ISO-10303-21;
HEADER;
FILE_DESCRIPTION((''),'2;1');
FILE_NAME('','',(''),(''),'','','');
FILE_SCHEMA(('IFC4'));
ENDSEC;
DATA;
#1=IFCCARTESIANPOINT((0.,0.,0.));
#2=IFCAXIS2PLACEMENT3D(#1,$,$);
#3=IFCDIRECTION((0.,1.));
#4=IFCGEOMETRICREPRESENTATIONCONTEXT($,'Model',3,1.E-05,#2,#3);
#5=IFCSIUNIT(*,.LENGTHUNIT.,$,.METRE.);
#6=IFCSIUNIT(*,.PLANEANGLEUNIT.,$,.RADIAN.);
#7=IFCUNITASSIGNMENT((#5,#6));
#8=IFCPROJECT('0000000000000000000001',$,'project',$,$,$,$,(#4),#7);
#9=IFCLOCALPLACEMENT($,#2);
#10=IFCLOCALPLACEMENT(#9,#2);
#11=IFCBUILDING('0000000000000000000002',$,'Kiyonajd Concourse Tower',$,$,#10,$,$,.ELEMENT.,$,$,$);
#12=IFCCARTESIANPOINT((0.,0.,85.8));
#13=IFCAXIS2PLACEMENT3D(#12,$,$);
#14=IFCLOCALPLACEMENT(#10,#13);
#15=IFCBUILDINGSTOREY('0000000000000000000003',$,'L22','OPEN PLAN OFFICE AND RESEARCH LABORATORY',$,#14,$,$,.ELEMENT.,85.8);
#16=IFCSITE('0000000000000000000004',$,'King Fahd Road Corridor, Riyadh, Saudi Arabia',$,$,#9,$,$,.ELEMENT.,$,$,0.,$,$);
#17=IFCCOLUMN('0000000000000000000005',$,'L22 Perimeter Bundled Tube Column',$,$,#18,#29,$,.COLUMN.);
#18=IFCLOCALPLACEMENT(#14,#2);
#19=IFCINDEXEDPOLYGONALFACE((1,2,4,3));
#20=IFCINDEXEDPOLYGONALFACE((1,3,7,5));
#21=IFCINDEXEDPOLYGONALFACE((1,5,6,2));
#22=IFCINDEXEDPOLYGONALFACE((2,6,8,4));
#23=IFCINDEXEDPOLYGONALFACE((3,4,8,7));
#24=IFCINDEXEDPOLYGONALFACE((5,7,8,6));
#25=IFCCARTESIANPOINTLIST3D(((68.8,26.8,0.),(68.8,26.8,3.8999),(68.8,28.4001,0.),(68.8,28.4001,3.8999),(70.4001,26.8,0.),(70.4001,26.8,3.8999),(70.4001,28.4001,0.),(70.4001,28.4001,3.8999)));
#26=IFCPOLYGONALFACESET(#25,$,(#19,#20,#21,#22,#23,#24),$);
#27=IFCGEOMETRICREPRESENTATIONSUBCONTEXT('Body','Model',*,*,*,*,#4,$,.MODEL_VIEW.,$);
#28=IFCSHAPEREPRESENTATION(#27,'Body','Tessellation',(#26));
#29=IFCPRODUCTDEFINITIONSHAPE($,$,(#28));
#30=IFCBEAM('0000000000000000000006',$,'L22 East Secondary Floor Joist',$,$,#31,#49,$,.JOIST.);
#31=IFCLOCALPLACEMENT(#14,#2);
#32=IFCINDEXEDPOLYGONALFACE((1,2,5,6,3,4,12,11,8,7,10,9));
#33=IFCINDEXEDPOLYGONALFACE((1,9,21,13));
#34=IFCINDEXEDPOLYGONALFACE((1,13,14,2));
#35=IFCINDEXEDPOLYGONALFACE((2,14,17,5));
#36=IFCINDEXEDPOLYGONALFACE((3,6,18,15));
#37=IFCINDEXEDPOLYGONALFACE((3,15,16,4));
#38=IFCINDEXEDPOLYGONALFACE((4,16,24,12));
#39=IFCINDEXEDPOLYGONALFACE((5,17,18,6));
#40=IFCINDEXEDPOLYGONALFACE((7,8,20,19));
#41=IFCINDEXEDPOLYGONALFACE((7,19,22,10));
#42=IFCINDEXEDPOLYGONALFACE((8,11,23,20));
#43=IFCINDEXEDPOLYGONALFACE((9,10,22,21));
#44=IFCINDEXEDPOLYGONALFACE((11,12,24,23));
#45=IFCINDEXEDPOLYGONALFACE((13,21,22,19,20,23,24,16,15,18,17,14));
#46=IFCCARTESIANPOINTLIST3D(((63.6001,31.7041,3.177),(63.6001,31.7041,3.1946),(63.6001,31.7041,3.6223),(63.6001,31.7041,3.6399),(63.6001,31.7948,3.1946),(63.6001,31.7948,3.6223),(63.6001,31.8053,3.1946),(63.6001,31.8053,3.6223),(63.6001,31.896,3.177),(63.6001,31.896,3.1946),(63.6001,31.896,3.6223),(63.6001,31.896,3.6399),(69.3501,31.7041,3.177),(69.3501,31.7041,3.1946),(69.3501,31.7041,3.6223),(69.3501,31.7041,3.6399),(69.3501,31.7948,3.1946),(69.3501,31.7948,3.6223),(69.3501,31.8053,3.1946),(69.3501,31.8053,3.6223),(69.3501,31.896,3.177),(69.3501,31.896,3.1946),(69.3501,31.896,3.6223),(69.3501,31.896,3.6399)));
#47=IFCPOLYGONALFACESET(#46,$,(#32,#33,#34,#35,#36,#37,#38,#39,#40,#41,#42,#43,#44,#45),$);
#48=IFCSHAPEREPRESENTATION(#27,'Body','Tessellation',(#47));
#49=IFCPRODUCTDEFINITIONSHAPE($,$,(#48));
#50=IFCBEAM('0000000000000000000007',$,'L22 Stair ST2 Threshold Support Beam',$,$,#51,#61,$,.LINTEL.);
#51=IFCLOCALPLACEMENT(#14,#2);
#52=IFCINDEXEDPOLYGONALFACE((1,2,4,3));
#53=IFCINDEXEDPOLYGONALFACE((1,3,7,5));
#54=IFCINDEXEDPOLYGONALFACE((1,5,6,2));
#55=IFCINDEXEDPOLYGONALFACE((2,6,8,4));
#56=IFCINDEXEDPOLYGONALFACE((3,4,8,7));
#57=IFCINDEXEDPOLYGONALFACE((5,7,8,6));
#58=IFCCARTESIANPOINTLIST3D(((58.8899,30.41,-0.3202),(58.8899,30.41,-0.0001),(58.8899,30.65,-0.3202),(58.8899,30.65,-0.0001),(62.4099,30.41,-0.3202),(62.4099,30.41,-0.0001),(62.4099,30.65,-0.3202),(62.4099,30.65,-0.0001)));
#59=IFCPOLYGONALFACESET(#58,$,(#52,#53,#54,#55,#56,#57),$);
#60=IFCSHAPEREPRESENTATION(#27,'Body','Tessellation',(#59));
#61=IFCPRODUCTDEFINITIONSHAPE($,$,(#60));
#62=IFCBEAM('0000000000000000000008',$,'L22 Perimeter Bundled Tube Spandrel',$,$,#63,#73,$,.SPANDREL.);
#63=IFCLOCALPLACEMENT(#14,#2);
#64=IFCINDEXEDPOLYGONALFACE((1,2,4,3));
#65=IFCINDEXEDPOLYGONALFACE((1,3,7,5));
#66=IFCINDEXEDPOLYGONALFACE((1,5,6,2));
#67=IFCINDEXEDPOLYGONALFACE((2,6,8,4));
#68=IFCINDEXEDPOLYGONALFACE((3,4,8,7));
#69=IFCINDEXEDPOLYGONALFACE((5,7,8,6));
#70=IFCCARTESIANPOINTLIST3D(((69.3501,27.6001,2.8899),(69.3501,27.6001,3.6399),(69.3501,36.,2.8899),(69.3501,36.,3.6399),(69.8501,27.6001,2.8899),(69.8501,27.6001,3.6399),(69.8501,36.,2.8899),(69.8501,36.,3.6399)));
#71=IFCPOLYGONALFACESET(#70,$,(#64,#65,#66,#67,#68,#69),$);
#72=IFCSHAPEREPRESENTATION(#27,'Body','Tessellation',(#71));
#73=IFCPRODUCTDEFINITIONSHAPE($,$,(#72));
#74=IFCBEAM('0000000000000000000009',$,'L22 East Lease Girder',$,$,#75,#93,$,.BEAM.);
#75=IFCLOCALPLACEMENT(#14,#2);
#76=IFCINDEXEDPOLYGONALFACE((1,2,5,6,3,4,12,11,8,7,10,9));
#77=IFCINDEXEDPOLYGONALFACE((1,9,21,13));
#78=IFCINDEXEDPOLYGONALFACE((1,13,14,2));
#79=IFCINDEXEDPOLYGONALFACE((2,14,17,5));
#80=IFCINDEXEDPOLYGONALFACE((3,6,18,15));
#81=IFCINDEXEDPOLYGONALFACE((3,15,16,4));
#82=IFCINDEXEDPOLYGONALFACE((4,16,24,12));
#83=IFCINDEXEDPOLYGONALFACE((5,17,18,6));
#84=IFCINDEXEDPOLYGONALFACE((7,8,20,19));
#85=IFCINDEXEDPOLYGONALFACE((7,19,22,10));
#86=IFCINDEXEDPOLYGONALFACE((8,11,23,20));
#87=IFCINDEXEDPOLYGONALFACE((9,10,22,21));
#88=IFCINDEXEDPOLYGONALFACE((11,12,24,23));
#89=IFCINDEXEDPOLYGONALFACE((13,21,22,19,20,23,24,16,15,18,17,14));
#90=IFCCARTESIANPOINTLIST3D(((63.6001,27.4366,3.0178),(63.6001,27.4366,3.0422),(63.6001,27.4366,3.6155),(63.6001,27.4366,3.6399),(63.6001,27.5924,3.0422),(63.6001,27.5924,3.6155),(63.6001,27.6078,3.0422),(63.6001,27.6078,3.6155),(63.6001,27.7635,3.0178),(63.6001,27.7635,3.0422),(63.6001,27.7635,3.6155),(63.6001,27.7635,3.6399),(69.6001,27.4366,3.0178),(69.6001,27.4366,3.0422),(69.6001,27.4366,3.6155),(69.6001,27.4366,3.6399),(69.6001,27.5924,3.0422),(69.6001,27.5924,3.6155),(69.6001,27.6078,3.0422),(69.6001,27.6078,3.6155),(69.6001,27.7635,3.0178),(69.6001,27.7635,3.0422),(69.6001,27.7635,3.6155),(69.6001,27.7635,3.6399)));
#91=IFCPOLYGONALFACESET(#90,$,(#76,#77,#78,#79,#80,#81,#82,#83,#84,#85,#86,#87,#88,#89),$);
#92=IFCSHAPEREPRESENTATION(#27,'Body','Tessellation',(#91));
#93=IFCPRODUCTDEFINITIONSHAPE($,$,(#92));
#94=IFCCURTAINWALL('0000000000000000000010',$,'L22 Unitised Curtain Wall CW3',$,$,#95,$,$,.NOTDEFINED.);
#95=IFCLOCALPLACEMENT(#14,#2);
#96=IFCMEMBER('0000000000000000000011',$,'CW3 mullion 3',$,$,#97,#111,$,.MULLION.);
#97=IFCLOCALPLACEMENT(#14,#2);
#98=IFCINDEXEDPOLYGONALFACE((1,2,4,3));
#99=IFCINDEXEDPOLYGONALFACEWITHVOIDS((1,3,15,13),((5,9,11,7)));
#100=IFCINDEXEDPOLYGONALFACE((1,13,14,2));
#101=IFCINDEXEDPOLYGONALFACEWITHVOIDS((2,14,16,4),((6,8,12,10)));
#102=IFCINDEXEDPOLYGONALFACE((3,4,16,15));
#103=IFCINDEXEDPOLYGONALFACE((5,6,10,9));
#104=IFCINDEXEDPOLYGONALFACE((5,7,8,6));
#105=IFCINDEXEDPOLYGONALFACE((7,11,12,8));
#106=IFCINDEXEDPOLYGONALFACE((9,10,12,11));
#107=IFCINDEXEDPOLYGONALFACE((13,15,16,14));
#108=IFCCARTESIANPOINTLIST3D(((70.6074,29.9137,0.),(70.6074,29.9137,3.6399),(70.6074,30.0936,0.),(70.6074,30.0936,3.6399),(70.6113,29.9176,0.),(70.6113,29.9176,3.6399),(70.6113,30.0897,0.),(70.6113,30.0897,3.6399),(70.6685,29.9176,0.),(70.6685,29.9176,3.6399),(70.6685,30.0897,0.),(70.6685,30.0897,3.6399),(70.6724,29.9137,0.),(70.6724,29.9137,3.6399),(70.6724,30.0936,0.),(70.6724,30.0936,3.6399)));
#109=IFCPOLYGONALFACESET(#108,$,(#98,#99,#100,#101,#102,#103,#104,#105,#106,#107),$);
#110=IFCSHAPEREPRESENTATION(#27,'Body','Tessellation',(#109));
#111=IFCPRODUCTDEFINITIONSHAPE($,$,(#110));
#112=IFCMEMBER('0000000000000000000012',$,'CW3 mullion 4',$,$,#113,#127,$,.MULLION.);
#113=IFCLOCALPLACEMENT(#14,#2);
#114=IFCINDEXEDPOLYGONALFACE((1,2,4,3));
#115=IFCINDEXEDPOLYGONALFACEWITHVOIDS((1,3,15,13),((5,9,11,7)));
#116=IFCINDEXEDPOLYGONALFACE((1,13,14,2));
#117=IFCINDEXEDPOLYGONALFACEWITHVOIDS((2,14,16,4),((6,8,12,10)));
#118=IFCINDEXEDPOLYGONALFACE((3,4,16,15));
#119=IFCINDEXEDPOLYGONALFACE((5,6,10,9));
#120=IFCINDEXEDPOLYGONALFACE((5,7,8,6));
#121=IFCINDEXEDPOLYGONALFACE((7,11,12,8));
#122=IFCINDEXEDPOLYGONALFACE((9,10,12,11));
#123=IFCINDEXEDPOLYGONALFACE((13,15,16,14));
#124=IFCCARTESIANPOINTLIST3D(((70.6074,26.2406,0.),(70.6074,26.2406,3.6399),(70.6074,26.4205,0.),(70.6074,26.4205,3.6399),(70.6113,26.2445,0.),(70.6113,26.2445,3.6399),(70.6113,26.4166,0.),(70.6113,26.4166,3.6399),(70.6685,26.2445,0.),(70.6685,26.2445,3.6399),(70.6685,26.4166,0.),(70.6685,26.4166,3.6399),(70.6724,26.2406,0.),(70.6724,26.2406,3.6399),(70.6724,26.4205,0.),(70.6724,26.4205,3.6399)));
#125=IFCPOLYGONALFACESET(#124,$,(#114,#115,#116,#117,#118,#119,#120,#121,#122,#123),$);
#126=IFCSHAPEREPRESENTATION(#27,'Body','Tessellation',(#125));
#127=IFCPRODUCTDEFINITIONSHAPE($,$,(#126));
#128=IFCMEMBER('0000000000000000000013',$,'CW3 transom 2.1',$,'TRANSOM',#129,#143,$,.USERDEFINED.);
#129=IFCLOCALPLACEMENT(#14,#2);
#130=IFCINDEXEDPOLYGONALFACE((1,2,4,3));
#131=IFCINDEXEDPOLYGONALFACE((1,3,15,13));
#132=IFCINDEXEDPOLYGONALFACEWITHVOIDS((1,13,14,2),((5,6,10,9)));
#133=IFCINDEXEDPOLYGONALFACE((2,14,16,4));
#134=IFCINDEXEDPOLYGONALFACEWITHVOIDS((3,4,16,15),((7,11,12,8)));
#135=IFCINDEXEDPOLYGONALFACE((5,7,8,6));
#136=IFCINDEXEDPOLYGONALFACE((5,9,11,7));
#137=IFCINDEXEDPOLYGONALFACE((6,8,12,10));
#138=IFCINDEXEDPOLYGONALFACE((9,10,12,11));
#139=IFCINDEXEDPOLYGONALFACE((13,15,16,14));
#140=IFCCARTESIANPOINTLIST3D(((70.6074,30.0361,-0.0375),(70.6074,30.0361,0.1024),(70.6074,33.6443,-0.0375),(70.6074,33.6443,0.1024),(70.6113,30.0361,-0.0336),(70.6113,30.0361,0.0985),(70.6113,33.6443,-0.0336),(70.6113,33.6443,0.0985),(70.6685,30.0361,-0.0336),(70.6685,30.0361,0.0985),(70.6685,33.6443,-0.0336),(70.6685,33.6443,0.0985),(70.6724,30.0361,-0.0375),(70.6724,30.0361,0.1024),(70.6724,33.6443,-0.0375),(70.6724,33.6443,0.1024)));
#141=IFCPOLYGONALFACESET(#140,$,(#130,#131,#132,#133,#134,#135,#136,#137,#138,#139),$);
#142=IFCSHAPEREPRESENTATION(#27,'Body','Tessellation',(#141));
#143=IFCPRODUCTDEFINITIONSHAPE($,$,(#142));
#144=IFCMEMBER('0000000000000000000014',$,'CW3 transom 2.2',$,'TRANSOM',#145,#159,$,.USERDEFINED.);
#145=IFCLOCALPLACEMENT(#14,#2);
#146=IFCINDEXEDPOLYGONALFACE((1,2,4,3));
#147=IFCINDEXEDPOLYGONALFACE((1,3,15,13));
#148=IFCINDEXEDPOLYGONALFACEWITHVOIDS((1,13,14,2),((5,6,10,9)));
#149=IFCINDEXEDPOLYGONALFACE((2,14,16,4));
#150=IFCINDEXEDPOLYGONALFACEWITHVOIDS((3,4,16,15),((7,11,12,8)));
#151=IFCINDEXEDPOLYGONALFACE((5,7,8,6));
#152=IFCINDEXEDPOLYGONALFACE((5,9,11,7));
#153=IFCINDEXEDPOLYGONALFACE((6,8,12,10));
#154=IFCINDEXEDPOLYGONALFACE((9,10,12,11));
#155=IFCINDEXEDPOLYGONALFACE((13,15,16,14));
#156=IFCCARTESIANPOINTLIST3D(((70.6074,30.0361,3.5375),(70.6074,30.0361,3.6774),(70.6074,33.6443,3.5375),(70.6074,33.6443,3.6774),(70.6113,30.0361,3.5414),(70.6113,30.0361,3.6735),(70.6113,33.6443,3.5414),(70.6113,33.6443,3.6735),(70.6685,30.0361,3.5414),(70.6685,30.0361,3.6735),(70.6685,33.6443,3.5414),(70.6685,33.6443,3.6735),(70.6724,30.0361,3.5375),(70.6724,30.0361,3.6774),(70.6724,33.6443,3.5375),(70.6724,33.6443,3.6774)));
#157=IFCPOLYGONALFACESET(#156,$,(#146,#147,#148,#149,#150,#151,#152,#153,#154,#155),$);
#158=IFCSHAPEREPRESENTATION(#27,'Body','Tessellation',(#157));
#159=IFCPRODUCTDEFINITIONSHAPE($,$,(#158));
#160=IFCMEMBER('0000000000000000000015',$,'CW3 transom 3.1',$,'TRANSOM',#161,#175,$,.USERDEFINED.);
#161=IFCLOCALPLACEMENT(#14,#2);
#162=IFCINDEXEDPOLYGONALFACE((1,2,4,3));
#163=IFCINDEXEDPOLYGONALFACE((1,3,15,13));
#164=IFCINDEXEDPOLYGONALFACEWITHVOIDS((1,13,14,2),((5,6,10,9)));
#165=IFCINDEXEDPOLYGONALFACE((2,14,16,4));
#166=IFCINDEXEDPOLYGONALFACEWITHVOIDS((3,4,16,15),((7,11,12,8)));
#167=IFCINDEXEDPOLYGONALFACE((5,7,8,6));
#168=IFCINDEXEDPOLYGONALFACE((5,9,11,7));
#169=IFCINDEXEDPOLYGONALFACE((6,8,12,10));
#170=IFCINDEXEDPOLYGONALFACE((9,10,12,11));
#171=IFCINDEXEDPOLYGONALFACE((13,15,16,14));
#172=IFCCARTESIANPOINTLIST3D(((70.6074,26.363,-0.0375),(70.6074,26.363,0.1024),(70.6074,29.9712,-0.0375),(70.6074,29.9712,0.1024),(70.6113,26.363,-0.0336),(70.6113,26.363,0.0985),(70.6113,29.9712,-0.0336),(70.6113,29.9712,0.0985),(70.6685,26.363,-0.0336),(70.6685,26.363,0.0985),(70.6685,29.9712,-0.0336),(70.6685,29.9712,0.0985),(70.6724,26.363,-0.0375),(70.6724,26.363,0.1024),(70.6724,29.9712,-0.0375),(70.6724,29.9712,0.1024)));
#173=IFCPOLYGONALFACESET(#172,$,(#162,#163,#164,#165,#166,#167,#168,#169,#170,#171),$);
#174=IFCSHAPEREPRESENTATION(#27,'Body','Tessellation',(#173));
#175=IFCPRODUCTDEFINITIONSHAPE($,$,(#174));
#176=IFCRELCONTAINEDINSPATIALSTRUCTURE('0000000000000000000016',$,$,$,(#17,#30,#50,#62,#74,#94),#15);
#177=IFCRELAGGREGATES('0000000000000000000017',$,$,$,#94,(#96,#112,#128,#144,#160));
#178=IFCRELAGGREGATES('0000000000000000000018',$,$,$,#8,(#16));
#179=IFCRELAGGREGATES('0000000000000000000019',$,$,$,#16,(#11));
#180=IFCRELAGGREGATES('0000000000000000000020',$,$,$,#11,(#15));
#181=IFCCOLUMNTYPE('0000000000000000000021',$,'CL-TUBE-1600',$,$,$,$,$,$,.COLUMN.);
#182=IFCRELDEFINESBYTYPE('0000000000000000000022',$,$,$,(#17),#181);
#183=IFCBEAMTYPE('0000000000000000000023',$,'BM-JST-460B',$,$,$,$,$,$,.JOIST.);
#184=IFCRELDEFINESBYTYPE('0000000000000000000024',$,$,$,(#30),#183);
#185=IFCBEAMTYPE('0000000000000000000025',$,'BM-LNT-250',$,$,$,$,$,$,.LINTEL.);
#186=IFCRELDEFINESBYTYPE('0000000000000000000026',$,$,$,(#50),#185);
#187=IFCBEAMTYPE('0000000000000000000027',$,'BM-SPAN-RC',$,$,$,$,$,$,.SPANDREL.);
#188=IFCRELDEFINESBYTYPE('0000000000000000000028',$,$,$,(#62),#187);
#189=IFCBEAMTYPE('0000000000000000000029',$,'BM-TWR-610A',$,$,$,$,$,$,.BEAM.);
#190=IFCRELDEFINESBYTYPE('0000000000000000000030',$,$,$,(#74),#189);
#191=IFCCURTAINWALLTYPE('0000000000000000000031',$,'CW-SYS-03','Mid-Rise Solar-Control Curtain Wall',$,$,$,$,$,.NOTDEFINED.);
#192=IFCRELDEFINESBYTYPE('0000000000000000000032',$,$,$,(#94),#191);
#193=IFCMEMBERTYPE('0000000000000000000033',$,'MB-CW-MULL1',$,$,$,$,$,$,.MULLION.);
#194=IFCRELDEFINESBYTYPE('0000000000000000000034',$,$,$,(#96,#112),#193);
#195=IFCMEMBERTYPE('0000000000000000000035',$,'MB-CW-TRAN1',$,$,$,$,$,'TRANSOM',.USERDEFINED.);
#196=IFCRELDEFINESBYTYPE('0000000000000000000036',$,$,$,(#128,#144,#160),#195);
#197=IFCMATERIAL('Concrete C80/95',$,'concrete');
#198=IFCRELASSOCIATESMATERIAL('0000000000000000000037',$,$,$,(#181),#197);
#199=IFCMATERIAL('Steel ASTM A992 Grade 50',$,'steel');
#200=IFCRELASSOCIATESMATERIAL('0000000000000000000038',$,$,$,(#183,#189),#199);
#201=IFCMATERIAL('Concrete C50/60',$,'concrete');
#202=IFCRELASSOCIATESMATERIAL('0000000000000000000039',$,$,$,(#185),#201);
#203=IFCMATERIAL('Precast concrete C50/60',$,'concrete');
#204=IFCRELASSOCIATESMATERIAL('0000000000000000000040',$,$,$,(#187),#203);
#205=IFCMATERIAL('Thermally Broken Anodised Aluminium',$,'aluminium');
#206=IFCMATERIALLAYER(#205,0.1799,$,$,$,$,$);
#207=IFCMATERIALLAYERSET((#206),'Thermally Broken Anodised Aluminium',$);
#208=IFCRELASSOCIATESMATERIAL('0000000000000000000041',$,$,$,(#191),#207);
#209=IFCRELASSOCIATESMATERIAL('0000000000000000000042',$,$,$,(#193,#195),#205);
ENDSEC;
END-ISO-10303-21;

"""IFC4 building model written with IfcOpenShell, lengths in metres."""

from ifc_helpers import new_model, si_unit, direction, frame, origin, origin_2d, place, context, subcontext, project, spatial, rectangle, hollow_rectangle, i_section, extrude, material, layer, layer_set, material_profile, profile_set, type_object, element, aggregate, save


model = new_model("IFC4")

# Units and contexts
model_context = context("Model", 3, precision=1e-05, world=origin(), true_north=direction((0.0, 1.0)))
body_context = subcontext(model_context, "Body", "Model", "MODEL_VIEW")
ifc_project = project(units=[si_unit("LENGTHUNIT", "METRE"), si_unit("PLANEANGLEUNIT", "RADIAN")], contexts=[model_context])

# Site, building, storey
site_placement = place(None, origin())
site = spatial("IfcSite", under=ifc_project, at=site_placement, Name="King Fahd Road Corridor, Riyadh, Saudi Arabia", CompositionType="ELEMENT", RefElevation=0.0)
building_placement = place(site_placement, origin())
building = spatial("IfcBuilding", under=site, at=building_placement, Name="Kiyonajd Concourse Tower", CompositionType="ELEMENT")
storey_placement = place(building_placement, frame((0.0, 0.0, 85.8)))
storey = spatial("IfcBuildingStorey", under=building, at=storey_placement, Name="L22", Description="OPEN PLAN OFFICE AND RESEARCH LABORATORY", CompositionType="ELEMENT", Elevation=85.8)

# Column
ifc_material_1 = material(Name="Concrete C80/95", Category="concrete")
ifc_material_profile_1 = material_profile(ifc_material_1, rectangle(XDim=1.6001, YDim=1.6001, at=origin_2d()), Name="RC-1600x1600")
ifc_profile_set_1 = profile_set([ifc_material_profile_1], Name="Concrete C80/95")
column_type = type_object("IfcColumnType", Name="CL-TUBE-1600", PredefinedType="COLUMN", material=ifc_profile_set_1)
column_placement = place(storey_placement, frame((69.6001, 27.6001, 0.0), z_axis=(0.0, 0.0, 1.0), x_axis=(1.0, 0.0, 0.0)))
element("IfcColumn", 1, at=column_placement, inside=storey, type_object=column_type, Name="L22 Perimeter Bundled Tube Column", PredefinedType="COLUMN", context=body_context, shape_type="SweptSolid", body=[
    extrude(rectangle(XDim=1.6001, YDim=1.6001, at=origin_2d()), origin(), (0.0, 0.0, 1.0), 3.8999),
])

# Beams
ifc_material_2 = material(Name="Steel ASTM A992 Grade 50", Category="steel")
ifc_material_profile_2 = material_profile(ifc_material_2, i_section(OverallWidth=0.1919, OverallDepth=0.4629, WebThickness=0.0105, FlangeThickness=0.0176, at=origin_2d()), Name="W460X89")
ifc_profile_set_2 = profile_set([ifc_material_profile_2], Name="Steel ASTM A992 Grade 50")
beam_type_1 = type_object("IfcBeamType", Name="BM-JST-460B", PredefinedType="JOIST", material=ifc_profile_set_2)
beam_1_placement = place(storey_placement, frame((63.6001, 31.8, 3.4084), z_axis=(1.0, 0.0, 0.0), x_axis=(0.0, 1.0, 0.0)))
element("IfcBeam", 2, at=beam_1_placement, inside=storey, type_object=beam_type_1, Name="L22 East Secondary Floor Joist", PredefinedType="JOIST", context=body_context, shape_type="SweptSolid", body=[
    extrude(i_section(OverallWidth=0.1919, OverallDepth=0.4629, WebThickness=0.0105, FlangeThickness=0.0176, at=origin_2d()), origin(), (0.0, 0.0, 1.0), 5.75),
])
ifc_material_3 = material(Name="Concrete C50/60", Category="concrete")
ifc_material_profile_3 = material_profile(ifc_material_3, rectangle(XDim=0.24, YDim=0.3201, at=origin_2d()), Name="RCBM-240x320")
ifc_profile_set_3 = profile_set([ifc_material_profile_3], Name="Concrete C50/60")
beam_type_2 = type_object("IfcBeamType", Name="BM-LNT-250", PredefinedType="LINTEL", material=ifc_profile_set_3)
beam_2_placement = place(storey_placement, frame((58.8899, 30.53, -0.1602), z_axis=(1.0, 0.0, 0.0), x_axis=(0.0, 1.0, 0.0)))
element("IfcBeam", 3, at=beam_2_placement, inside=storey, type_object=beam_type_2, Name="L22 Stair ST2 Threshold Support Beam", PredefinedType="LINTEL", context=body_context, shape_type="SweptSolid", body=[
    extrude(rectangle(XDim=0.24, YDim=0.3201, at=origin_2d()), origin(), (0.0, 0.0, 1.0), 3.52),
])
ifc_material_4 = material(Name="Precast concrete C50/60", Category="concrete")
ifc_material_profile_4 = material_profile(ifc_material_4, rectangle(XDim=0.5, YDim=0.75, at=origin_2d()), Name="RCBM-500x750")
ifc_profile_set_4 = profile_set([ifc_material_profile_4], Name="Precast concrete C50/60")
beam_type_3 = type_object("IfcBeamType", Name="BM-SPAN-RC", PredefinedType="SPANDREL", material=ifc_profile_set_4)
beam_3_placement = place(storey_placement, frame((69.6001, 27.6001, 3.2649), z_axis=(0.0, 1.0, 0.0), x_axis=(-1.0, 0.0, 0.0)))
element("IfcBeam", 4, at=beam_3_placement, inside=storey, type_object=beam_type_3, Name="L22 Perimeter Bundled Tube Spandrel", PredefinedType="SPANDREL", context=body_context, shape_type="SweptSolid", body=[
    extrude(rectangle(XDim=0.5, YDim=0.75, at=origin_2d()), origin(), (0.0, 0.0, 1.0), 8.3999),
])
ifc_material_profile_5 = material_profile(ifc_material_2, i_section(OverallWidth=0.3269, OverallDepth=0.6221, WebThickness=0.0154, FlangeThickness=0.0244, at=origin_2d()), Name="W610X195")
ifc_profile_set_5 = profile_set([ifc_material_profile_5], Name="Steel ASTM A992 Grade 50")
beam_type_4 = type_object("IfcBeamType", Name="BM-TWR-610A", PredefinedType="BEAM", material=ifc_profile_set_5)
beam_4_placement = place(storey_placement, frame((63.6001, 27.6001, 3.3289), z_axis=(1.0, 0.0, 0.0), x_axis=(0.0, 1.0, 0.0)))
element("IfcBeam", 5, at=beam_4_placement, inside=storey, type_object=beam_type_4, Name="L22 East Lease Girder", PredefinedType="BEAM", context=body_context, shape_type="SweptSolid", body=[
    extrude(i_section(OverallWidth=0.3269, OverallDepth=0.6221, WebThickness=0.0154, FlangeThickness=0.0244, at=origin_2d()), origin(), (0.0, 0.0, 1.0), 6.0),
])

# Curtain wall, members
ifc_material_5 = material(Name="Thermally Broken Anodised Aluminium", Category="aluminium")
ifc_layer_1 = layer(ifc_material_5, 0.1799)
ifc_layer_set_1 = layer_set([ifc_layer_1], Name="Thermally Broken Anodised Aluminium")
curtain_wall_type = type_object("IfcCurtainWallType", Name="CW-SYS-03", Description="Mid-Rise Solar-Control Curtain Wall", PredefinedType="NOTDEFINED", material=ifc_layer_set_1)
curtain_wall_placement = place(storey_placement, origin())
curtain_wall = element("IfcCurtainWall", 6, at=curtain_wall_placement, inside=storey, type_object=curtain_wall_type, Name="L22 Unitised Curtain Wall CW3", PredefinedType="NOTDEFINED")
ifc_material_profile_6 = material_profile(ifc_material_5, hollow_rectangle(XDim=0.0649, YDim=0.1799, WallThickness=0.0039, at=origin_2d()), Name="MULL-65x180")
ifc_profile_set_6 = profile_set([ifc_material_profile_6], Name="Thermally Broken Anodised Aluminium")
member_type_1 = type_object("IfcMemberType", Name="MB-CW-MULL1", PredefinedType="MULLION", material=ifc_profile_set_6)
member_1_placement = place(storey_placement, frame((70.6399, 30.0037, 0.0), z_axis=(0.0, 0.0, 1.0), x_axis=(1.0, 0.0, 0.0)))
member_1 = element("IfcMember", 7, at=member_1_placement, type_object=member_type_1, Name="CW3 mullion 3", PredefinedType="MULLION", context=body_context, shape_type="SweptSolid", body=[
    extrude(hollow_rectangle(XDim=0.0649, YDim=0.1799, WallThickness=0.0039, at=origin_2d()), origin(), (0.0, 0.0, 1.0), 3.6399),
])
member_2_placement = place(storey_placement, frame((70.6399, 26.3306, 0.0), z_axis=(0.0, 0.0, 1.0), x_axis=(1.0, 0.0, 0.0)))
member_2 = element("IfcMember", 8, at=member_2_placement, type_object=member_type_1, Name="CW3 mullion 4", PredefinedType="MULLION", context=body_context, shape_type="SweptSolid", body=[
    extrude(hollow_rectangle(XDim=0.0649, YDim=0.1799, WallThickness=0.0039, at=origin_2d()), origin(), (0.0, 0.0, 1.0), 3.6399),
])
ifc_material_profile_7 = material_profile(ifc_material_5, hollow_rectangle(XDim=0.0649, YDim=0.1399, WallThickness=0.0039, at=origin_2d()), Name="TRAN-65x140")
ifc_profile_set_7 = profile_set([ifc_material_profile_7], Name="Thermally Broken Anodised Aluminium")
member_type_2 = type_object("IfcMemberType", Name="MB-CW-TRAN1", ElementType="TRANSOM", PredefinedType="USERDEFINED", material=ifc_profile_set_7)
member_3_placement = place(storey_placement, frame((70.6399, 33.6443, 0.0325), z_axis=(0.0, -1.0, 0.0), x_axis=(1.0, 0.0, 0.0)))
member_3 = element("IfcMember", 9, at=member_3_placement, type_object=member_type_2, Name="CW3 transom 2.1", ObjectType="TRANSOM", PredefinedType="USERDEFINED", context=body_context, shape_type="SweptSolid", body=[
    extrude(hollow_rectangle(XDim=0.0649, YDim=0.1399, WallThickness=0.0039, at=origin_2d()), origin(), (0.0, 0.0, 1.0), 3.6082),
])
member_4_placement = place(storey_placement, frame((70.6399, 33.6443, 3.6074), z_axis=(0.0, -1.0, 0.0), x_axis=(1.0, 0.0, 0.0)))
member_4 = element("IfcMember", 10, at=member_4_placement, type_object=member_type_2, Name="CW3 transom 2.2", ObjectType="TRANSOM", PredefinedType="USERDEFINED", context=body_context, shape_type="SweptSolid", body=[
    extrude(hollow_rectangle(XDim=0.0649, YDim=0.1399, WallThickness=0.0039, at=origin_2d()), origin(), (0.0, 0.0, 1.0), 3.6082),
])
member_5_placement = place(storey_placement, frame((70.6399, 29.9712, 0.0325), z_axis=(0.0, -1.0, 0.0), x_axis=(1.0, 0.0, 0.0)))
member_5 = element("IfcMember", 11, at=member_5_placement, type_object=member_type_2, Name="CW3 transom 3.1", ObjectType="TRANSOM", PredefinedType="USERDEFINED", context=body_context, shape_type="SweptSolid", body=[
    extrude(hollow_rectangle(XDim=0.0649, YDim=0.1399, WallThickness=0.0039, at=origin_2d()), origin(), (0.0, 0.0, 1.0), 3.6082),
])
aggregate(curtain_wall, [member_1, member_2, member_3, member_4, member_5])

save(model, "model.ifc")
